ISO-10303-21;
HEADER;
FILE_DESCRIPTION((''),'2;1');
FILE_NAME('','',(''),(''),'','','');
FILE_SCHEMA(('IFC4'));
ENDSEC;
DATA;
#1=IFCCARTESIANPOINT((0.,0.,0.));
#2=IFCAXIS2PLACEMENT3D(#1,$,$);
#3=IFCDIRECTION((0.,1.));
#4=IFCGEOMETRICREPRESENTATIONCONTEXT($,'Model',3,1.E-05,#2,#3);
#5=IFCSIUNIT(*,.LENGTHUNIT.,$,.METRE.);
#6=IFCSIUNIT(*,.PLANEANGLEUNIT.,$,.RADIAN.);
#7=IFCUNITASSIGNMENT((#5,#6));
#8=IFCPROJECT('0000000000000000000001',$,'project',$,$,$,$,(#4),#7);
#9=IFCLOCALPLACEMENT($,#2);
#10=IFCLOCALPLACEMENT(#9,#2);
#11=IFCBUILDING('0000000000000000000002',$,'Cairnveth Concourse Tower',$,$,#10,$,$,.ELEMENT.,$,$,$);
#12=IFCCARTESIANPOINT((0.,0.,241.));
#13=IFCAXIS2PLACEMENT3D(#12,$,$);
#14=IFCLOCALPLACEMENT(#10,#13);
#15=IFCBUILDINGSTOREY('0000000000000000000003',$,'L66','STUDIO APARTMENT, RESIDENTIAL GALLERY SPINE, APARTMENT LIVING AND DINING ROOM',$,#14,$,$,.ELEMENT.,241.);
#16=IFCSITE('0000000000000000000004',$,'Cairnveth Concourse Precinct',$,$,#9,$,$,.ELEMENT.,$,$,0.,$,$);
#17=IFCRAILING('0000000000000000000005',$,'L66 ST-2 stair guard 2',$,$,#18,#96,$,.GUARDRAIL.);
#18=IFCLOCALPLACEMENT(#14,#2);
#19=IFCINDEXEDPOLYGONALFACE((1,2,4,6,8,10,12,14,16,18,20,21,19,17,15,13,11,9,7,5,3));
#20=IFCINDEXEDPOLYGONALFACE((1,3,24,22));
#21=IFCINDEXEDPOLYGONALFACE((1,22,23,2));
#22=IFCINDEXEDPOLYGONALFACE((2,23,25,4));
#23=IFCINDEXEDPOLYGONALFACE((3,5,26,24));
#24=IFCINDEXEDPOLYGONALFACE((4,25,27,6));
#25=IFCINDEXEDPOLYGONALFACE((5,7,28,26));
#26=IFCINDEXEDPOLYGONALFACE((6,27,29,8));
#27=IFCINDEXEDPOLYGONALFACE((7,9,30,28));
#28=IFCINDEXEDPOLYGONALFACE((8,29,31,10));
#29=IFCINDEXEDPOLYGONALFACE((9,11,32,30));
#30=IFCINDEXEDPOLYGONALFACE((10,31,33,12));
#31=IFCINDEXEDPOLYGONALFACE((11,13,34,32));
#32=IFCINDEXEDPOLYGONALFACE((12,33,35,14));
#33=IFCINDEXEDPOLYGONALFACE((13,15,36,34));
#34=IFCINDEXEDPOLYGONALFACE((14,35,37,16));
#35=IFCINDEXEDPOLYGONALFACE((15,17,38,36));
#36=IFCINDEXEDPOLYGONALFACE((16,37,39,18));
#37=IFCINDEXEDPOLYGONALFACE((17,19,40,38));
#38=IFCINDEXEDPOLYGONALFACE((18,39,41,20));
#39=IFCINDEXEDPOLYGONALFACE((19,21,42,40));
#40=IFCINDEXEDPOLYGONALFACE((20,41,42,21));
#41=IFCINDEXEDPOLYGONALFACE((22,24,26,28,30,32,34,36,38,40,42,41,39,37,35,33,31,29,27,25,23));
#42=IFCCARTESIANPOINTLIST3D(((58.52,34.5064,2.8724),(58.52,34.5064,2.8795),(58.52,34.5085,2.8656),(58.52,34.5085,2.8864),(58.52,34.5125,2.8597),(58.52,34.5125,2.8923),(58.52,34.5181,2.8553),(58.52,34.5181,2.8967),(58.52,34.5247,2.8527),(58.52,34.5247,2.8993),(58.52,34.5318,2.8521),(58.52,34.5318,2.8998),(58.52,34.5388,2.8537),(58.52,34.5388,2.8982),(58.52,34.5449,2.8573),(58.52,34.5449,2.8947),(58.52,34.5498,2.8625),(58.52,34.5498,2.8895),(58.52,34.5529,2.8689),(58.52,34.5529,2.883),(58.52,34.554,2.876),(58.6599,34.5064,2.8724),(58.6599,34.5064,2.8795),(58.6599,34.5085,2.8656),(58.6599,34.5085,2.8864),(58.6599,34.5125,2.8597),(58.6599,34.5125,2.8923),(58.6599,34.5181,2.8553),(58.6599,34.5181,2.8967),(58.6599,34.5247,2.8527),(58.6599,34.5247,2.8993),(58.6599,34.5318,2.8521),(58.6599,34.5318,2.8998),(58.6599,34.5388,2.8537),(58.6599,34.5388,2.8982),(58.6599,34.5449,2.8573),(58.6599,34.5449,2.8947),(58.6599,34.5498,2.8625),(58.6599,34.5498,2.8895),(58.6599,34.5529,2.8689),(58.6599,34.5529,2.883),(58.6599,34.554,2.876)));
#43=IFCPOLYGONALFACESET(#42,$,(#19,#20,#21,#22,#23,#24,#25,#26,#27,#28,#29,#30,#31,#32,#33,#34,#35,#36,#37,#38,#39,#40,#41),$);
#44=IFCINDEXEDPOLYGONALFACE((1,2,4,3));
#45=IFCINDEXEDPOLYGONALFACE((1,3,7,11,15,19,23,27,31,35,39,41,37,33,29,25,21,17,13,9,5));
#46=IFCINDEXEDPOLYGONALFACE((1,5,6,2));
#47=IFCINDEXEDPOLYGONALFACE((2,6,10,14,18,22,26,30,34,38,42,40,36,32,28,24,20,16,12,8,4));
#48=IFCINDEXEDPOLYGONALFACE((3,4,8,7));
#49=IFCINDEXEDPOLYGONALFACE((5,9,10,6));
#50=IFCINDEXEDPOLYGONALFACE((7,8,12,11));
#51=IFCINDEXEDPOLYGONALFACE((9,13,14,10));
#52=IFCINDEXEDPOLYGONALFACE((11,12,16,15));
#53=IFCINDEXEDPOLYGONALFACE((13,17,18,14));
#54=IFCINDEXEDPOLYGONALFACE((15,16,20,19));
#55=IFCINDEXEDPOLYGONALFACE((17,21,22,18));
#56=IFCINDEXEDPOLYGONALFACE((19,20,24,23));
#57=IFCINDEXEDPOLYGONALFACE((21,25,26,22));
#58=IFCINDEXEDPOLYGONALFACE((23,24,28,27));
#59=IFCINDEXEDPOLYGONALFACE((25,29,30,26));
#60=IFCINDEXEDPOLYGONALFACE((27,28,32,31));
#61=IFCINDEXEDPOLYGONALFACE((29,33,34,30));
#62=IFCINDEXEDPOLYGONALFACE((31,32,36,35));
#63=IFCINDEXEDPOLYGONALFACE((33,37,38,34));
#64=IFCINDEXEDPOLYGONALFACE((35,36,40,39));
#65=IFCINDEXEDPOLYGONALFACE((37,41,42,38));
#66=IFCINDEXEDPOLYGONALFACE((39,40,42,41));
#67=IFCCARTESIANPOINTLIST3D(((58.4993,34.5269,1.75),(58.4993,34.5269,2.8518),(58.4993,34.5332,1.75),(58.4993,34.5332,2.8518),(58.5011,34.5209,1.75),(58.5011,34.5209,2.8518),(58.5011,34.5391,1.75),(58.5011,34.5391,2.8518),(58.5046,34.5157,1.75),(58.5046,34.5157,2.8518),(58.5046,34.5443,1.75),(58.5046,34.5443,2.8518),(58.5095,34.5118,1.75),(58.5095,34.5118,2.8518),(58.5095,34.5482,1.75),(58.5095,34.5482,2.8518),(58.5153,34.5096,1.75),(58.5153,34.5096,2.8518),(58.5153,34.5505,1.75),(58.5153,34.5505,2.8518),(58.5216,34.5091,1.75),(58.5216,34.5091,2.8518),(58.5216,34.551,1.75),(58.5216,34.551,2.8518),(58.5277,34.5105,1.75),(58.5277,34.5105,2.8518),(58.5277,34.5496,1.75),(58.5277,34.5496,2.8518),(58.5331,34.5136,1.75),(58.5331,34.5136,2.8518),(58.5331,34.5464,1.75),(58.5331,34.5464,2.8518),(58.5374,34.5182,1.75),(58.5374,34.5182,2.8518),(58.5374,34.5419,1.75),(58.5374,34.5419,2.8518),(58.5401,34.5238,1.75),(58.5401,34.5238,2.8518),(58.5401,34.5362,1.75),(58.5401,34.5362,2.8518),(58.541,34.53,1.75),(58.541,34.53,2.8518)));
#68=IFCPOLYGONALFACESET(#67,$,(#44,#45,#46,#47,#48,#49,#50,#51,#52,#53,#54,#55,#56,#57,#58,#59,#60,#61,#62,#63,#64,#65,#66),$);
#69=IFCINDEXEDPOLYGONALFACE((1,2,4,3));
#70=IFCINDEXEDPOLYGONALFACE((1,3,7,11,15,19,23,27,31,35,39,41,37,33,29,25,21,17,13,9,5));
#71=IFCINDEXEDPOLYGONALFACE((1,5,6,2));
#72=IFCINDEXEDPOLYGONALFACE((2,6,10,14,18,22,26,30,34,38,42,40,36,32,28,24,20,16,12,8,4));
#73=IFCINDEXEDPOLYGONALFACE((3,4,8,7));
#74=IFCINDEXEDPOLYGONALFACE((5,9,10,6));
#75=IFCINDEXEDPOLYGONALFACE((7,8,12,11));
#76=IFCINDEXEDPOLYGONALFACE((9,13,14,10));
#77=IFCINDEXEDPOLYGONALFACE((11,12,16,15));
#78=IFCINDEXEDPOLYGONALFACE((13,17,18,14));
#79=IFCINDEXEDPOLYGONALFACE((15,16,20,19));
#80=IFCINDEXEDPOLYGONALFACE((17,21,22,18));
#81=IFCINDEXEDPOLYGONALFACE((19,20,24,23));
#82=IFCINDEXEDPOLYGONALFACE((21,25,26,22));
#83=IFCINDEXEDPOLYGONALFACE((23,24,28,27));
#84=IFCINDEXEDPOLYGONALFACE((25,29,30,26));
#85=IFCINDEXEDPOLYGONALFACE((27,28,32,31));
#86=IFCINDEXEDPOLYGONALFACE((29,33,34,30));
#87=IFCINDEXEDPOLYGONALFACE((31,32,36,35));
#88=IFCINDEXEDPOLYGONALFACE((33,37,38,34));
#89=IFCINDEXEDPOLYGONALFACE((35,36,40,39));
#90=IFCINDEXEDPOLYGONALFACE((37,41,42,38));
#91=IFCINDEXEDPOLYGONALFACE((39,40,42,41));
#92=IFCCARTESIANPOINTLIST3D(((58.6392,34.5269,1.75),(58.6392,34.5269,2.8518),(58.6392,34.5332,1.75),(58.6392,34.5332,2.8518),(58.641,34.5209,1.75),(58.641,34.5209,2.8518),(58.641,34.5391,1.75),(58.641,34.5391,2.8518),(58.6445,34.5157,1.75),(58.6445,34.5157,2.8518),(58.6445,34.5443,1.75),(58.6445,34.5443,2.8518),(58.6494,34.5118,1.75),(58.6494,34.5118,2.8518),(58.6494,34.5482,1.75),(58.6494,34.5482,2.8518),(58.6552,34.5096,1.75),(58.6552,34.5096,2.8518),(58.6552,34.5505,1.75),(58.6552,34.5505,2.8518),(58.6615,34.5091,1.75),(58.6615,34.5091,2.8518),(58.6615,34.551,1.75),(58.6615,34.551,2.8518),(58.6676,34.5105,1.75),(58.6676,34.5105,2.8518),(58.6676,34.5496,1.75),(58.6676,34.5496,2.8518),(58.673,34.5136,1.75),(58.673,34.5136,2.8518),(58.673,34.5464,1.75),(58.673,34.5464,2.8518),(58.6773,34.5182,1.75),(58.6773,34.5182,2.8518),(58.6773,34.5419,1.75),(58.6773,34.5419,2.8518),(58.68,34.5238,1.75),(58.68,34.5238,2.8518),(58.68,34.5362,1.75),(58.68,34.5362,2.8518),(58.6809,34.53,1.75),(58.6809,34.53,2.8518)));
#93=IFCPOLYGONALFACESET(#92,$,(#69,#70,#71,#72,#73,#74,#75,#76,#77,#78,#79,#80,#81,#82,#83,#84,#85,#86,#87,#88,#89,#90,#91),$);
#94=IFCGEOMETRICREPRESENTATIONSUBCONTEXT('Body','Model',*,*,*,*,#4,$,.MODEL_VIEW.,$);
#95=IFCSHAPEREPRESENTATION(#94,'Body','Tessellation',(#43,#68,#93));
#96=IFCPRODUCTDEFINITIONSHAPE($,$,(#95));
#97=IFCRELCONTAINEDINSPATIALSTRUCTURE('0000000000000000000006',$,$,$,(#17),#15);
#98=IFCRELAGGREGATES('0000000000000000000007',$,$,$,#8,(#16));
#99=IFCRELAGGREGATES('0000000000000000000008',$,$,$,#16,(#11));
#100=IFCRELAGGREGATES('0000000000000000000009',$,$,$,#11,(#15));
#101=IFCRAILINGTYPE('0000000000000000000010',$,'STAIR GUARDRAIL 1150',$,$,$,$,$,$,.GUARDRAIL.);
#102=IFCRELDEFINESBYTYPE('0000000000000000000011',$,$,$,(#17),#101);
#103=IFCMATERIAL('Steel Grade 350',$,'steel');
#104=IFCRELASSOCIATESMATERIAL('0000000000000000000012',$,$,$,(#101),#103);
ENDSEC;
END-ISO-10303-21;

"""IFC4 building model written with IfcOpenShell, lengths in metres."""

from ifc_helpers import new_model, si_unit, direction, frame, origin, origin_2d, place, context, subcontext, project, spatial, circle, extrude, material, type_object, element, save


model = new_model("IFC4")

# Units and contexts
model_context = context("Model", 3, precision=1e-05, world=origin(), true_north=direction((0.0, 1.0)))
body_context = subcontext(model_context, "Body", "Model", "MODEL_VIEW")
ifc_project = project(units=[si_unit("LENGTHUNIT", "METRE"), si_unit("PLANEANGLEUNIT", "RADIAN")], contexts=[model_context])

# Site, building, storey
site_placement = place(None, origin())
site = spatial("IfcSite", under=ifc_project, at=site_placement, Name="Cairnveth Concourse Precinct", CompositionType="ELEMENT", RefElevation=0.0)
building_placement = place(site_placement, origin())
building = spatial("IfcBuilding", under=site, at=building_placement, Name="Cairnveth Concourse Tower", CompositionType="ELEMENT")
storey_placement = place(building_placement, frame((0.0, 0.0, 241.0)))
storey = spatial("IfcBuildingStorey", under=building, at=storey_placement, Name="L66", Description="STUDIO APARTMENT, RESIDENTIAL GALLERY SPINE, APARTMENT LIVING AND DINING ROOM", CompositionType="ELEMENT", Elevation=241.0)

# Shared definitions
ifc_material_1 = material(Name="Steel Grade 350", Category="steel")

# Railing
railing_type_1 = type_object("IfcRailingType", Name="STAIR GUARDRAIL 1150", PredefinedType="GUARDRAIL", material=ifc_material_1)
railing_1_placement = place(storey_placement, frame((58.52, 34.53, 1.75)))
element("IfcRailing", 1, at=railing_1_placement, inside=storey, type_object=railing_type_1, Name="L66 ST-2 stair guard 2", PredefinedType="GUARDRAIL", context=body_context, shape_type="SweptSolid", body=[
    extrude(circle(Radius=0.0239, at=origin_2d()), frame((0.0, 0.0, 1.126), z_axis=(1.0, 0.0, 0.0), x_axis=(0.0, 1.0, 0.0)), (0.0, 0.0, 1.0), 0.1399),
    extrude(circle(Radius=0.021, at=origin_2d()), origin(), (0.0, 0.0, 1.0), 1.1018),
    extrude(circle(Radius=0.021, at=origin_2d()), frame((0.1399, 0.0, 0.0)), (0.0, 0.0, 1.0), 1.1018),
])

save(model, "model.ifc")
